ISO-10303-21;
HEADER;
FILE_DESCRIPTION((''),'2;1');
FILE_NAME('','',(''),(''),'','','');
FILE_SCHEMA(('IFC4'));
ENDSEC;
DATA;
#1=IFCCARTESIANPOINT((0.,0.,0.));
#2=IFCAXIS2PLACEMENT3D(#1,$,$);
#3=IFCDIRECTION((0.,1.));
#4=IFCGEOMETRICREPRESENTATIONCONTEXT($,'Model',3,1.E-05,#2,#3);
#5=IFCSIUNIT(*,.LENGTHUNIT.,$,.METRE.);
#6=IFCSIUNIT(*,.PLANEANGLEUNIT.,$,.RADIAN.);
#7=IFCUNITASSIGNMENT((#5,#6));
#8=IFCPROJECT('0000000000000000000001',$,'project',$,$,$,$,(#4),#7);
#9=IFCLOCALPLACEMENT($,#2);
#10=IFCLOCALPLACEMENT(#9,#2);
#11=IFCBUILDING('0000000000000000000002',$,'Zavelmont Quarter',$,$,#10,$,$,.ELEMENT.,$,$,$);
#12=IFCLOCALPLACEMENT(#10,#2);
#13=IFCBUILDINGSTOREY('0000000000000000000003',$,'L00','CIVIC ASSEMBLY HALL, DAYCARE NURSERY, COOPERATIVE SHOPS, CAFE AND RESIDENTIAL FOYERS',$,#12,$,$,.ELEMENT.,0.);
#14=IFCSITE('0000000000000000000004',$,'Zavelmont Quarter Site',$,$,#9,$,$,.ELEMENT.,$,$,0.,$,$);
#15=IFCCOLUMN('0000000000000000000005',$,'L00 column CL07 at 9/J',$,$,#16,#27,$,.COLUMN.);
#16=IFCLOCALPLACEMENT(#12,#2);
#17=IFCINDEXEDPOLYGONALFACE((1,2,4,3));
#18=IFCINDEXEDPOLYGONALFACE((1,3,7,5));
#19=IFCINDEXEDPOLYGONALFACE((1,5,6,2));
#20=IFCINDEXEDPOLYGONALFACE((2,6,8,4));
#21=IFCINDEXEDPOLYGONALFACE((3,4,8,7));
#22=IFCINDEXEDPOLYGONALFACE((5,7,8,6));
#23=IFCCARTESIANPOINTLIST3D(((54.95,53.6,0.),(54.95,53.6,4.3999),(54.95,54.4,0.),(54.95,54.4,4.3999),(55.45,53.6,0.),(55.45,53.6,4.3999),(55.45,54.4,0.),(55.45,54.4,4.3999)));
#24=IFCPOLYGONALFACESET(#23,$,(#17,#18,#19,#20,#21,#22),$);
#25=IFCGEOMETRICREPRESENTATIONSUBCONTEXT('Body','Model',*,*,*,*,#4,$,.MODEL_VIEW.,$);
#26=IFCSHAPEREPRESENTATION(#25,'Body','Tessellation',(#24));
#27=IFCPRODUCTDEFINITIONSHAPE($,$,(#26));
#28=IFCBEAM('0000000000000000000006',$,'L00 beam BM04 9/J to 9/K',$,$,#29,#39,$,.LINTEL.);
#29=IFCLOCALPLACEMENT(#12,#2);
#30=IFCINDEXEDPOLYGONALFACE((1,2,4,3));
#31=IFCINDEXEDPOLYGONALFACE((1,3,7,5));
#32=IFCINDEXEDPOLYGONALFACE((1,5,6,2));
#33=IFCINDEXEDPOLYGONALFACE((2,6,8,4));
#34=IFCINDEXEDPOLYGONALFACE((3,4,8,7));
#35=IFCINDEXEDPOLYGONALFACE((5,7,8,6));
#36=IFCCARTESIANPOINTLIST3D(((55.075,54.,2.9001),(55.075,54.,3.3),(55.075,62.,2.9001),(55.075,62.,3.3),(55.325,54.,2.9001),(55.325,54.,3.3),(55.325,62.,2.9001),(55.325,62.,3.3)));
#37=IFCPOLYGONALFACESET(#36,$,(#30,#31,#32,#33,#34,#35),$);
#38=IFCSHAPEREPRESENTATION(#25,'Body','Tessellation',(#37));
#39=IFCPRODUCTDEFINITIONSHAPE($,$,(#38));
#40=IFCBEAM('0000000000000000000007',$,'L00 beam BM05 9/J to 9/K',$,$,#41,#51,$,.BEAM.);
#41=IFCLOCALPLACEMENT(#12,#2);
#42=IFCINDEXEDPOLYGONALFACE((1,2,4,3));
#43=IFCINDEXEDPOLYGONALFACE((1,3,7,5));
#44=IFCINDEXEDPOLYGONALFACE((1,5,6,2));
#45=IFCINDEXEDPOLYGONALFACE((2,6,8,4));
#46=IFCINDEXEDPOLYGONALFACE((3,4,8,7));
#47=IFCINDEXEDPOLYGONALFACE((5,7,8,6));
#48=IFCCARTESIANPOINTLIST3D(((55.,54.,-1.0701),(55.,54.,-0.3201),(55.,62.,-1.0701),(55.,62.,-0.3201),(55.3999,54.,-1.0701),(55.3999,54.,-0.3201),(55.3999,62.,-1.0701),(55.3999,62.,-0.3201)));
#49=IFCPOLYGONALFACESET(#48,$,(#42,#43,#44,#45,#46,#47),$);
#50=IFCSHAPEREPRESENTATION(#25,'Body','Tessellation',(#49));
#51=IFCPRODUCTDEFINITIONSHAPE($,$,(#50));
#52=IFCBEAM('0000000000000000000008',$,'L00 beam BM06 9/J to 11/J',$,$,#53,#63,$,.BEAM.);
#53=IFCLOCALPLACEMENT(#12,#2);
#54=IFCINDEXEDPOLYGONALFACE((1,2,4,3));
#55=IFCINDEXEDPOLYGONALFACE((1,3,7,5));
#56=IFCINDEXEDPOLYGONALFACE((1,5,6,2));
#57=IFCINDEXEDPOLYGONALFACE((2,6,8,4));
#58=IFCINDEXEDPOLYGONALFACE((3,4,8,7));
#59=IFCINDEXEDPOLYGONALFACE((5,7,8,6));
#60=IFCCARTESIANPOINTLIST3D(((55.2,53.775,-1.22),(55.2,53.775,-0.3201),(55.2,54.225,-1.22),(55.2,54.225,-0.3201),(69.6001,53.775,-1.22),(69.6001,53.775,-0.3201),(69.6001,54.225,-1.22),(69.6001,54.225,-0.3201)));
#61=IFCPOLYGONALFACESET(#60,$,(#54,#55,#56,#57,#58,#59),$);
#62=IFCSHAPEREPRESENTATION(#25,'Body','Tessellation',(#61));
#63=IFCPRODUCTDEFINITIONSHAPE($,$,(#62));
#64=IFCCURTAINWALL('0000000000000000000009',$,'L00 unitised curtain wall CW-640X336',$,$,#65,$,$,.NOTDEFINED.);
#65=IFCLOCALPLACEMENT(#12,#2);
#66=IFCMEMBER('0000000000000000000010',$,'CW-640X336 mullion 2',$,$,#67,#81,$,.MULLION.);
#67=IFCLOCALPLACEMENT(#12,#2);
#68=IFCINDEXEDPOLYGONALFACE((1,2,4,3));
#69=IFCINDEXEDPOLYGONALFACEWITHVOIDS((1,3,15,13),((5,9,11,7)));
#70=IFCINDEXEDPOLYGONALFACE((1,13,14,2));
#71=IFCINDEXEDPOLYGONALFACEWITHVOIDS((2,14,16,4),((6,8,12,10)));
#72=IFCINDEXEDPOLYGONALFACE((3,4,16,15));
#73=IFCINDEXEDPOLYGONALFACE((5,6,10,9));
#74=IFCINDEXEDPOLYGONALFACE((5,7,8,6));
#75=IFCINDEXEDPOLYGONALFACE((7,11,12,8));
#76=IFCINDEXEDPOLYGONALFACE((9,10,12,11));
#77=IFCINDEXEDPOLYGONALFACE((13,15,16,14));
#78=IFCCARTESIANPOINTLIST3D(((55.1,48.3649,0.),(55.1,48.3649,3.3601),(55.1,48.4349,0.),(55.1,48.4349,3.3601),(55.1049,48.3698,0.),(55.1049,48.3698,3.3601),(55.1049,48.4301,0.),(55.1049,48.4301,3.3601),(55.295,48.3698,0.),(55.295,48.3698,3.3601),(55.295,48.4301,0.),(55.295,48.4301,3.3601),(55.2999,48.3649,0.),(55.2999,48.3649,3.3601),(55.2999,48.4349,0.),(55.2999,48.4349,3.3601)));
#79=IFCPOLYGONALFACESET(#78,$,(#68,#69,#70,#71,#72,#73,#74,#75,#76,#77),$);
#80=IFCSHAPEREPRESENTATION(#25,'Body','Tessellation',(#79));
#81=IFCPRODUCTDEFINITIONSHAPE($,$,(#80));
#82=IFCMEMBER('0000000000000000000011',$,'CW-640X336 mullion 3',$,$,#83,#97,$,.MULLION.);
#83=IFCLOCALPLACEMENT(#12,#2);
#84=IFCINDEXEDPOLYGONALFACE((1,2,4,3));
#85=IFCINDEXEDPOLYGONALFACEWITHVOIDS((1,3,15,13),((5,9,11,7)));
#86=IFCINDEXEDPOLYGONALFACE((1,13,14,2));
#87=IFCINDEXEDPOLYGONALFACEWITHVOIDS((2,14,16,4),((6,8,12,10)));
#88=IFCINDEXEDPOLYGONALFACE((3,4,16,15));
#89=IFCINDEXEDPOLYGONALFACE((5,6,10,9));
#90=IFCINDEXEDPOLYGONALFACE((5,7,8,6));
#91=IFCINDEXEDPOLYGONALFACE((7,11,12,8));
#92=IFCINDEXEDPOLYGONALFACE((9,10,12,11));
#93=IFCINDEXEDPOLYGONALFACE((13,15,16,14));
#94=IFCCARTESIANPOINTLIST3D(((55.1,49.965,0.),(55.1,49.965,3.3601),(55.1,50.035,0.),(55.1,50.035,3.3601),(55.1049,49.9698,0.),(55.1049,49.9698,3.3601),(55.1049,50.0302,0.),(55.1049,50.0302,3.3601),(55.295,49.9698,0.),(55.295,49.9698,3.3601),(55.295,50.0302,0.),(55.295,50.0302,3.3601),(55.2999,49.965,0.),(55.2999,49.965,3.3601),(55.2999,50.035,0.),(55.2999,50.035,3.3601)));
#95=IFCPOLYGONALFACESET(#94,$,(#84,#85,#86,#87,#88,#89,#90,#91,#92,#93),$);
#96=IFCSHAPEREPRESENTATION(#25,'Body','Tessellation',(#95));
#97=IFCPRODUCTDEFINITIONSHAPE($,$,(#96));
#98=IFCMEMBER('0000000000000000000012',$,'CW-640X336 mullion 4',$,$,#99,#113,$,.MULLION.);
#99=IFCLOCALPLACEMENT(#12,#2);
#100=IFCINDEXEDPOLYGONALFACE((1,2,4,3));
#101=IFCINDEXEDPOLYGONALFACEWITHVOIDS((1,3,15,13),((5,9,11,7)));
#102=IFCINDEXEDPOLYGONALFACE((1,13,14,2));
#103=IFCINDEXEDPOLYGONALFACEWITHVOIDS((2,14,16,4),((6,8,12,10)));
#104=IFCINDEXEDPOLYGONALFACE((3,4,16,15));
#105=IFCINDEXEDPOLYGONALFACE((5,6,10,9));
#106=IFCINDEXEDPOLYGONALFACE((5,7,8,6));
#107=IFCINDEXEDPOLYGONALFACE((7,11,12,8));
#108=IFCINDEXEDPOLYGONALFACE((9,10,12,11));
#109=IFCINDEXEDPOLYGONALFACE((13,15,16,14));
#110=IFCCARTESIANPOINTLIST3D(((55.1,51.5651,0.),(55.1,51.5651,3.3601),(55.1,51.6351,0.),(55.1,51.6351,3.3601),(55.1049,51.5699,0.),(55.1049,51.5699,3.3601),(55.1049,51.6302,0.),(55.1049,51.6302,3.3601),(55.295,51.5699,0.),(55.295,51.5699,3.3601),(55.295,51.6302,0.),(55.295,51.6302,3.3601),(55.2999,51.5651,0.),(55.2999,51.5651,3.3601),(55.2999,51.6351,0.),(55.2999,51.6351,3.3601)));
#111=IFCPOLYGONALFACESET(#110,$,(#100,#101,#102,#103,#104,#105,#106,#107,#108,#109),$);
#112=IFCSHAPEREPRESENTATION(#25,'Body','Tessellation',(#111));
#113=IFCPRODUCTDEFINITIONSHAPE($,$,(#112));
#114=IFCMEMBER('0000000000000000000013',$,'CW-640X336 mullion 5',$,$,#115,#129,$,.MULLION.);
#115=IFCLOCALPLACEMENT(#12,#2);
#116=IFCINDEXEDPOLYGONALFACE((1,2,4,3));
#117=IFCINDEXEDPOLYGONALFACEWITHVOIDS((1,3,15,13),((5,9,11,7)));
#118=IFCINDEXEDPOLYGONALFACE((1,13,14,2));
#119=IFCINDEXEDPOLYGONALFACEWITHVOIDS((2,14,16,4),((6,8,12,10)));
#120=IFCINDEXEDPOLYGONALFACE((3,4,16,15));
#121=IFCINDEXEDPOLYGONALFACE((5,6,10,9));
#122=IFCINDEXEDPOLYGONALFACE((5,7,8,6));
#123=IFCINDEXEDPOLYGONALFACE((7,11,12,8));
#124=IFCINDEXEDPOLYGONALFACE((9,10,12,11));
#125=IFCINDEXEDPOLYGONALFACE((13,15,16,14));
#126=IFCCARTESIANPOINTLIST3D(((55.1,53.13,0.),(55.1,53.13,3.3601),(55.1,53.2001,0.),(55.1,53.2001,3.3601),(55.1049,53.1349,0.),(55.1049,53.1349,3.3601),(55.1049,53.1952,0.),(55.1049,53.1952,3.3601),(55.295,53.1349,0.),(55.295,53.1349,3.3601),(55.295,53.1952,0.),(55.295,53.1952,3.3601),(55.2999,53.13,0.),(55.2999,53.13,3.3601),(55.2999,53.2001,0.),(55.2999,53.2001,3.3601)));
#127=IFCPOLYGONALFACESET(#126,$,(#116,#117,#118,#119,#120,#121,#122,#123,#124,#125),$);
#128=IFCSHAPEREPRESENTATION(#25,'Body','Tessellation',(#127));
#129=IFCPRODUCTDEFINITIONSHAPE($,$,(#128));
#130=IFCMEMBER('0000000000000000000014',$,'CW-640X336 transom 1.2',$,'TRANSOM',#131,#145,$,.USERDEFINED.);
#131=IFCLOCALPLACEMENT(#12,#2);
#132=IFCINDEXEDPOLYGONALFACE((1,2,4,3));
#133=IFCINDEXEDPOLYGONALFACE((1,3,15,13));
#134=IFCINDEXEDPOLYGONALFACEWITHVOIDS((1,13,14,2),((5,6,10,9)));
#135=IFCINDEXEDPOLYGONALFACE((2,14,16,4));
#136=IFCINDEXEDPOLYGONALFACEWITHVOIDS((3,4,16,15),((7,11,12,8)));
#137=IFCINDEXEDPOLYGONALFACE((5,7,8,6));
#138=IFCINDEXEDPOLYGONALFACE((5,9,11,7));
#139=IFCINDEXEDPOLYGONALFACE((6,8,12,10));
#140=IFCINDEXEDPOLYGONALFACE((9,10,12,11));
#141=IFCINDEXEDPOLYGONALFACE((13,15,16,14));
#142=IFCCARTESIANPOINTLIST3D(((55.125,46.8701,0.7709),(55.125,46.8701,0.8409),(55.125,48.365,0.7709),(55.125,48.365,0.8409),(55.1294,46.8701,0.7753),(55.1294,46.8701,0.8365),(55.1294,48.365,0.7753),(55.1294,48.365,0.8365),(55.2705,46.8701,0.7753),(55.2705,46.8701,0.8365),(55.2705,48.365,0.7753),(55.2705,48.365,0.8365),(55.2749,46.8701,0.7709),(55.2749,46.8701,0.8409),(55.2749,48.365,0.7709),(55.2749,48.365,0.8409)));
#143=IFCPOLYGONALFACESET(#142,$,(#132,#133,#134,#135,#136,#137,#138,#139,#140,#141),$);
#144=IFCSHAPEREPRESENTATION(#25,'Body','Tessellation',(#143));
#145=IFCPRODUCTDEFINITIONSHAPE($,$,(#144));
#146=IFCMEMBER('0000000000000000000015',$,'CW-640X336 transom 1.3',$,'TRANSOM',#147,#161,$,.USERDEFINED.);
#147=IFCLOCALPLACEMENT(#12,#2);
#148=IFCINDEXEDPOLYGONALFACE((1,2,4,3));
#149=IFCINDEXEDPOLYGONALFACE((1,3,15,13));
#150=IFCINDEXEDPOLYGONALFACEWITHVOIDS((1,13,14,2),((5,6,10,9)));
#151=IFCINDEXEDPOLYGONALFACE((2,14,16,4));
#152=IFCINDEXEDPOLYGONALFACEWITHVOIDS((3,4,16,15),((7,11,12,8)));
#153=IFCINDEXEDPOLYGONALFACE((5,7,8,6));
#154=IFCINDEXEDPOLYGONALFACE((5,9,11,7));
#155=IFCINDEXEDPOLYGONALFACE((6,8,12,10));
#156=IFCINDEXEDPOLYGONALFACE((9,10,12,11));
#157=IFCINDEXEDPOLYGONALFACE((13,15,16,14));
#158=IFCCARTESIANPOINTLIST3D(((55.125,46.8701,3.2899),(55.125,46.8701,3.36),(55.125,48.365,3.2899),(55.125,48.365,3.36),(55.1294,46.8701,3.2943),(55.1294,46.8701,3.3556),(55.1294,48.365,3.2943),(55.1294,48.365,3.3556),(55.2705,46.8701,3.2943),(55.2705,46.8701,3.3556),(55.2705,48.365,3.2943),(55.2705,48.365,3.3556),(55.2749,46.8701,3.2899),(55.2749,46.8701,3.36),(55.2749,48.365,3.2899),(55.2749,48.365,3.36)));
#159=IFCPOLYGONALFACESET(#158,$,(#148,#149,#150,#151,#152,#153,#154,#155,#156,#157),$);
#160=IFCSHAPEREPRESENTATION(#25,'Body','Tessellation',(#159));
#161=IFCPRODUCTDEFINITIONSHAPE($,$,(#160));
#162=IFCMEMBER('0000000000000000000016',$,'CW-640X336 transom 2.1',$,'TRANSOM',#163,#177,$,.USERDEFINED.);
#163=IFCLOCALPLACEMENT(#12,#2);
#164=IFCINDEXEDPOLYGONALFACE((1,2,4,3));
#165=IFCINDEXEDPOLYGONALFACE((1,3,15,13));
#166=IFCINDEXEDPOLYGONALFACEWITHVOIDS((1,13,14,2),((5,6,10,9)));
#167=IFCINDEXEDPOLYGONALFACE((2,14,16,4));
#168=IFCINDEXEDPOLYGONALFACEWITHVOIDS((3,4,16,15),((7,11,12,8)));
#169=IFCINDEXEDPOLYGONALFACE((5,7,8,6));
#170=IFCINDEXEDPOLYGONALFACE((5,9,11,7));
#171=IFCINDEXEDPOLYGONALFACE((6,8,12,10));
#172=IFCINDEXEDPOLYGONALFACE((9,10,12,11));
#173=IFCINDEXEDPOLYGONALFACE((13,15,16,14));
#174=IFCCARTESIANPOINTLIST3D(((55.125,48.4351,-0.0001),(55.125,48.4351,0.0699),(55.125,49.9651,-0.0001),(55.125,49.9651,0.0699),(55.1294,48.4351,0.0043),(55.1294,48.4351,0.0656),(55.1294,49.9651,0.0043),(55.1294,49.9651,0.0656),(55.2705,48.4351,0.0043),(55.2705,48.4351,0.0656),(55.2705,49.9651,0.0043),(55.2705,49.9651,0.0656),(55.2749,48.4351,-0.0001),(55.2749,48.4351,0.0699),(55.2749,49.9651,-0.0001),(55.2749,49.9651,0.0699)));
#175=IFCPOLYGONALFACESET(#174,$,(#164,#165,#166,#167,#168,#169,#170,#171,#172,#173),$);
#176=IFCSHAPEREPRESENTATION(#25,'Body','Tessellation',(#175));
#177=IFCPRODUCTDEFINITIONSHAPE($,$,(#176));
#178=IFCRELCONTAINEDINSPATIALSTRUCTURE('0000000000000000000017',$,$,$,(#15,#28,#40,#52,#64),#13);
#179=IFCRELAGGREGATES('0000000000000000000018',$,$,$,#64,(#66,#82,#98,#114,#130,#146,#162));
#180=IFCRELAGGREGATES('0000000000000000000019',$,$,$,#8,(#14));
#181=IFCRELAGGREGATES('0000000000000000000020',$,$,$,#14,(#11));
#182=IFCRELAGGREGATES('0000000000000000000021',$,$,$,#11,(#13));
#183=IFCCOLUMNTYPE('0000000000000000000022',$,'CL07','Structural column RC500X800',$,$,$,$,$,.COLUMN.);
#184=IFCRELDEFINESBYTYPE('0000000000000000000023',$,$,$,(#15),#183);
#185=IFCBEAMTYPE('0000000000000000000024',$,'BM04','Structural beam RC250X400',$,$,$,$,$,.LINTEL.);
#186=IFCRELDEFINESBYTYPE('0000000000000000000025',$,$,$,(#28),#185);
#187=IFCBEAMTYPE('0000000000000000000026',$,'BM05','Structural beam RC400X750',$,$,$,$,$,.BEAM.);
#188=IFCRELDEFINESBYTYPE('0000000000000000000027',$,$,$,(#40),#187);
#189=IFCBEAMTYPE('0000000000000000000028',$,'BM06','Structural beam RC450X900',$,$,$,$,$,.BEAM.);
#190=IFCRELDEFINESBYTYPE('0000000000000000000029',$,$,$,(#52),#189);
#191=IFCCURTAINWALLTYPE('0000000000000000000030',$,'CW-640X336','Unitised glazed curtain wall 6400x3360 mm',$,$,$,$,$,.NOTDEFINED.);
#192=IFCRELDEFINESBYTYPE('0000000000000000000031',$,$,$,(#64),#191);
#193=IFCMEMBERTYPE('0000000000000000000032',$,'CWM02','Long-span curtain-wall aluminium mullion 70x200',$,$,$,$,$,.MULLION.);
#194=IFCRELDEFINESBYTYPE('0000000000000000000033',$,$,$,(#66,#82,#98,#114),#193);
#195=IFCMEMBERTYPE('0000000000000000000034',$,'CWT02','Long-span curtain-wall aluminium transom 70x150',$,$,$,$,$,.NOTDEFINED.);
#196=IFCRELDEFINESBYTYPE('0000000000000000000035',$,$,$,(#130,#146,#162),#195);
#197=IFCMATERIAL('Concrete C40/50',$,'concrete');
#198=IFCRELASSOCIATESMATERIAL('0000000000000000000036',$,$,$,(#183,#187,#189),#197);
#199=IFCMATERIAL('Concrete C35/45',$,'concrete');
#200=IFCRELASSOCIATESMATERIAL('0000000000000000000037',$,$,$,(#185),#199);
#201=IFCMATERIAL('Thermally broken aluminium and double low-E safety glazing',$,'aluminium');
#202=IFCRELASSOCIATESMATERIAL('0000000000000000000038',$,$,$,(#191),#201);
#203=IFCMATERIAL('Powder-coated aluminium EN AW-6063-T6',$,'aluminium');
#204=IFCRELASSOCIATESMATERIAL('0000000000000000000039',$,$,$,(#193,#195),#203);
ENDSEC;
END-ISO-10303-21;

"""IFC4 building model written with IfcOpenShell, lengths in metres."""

from ifc_helpers import new_model, si_unit, direction, frame, origin, origin_2d, place, context, subcontext, project, spatial, rectangle, hollow_rectangle, extrude, material, material_profile, profile_set, type_object, element, aggregate, save


model = new_model("IFC4")

# Units and contexts
model_context = context("Model", 3, precision=1e-05, world=origin(), true_north=direction((0.0, 1.0)))
body_context = subcontext(model_context, "Body", "Model", "MODEL_VIEW")
ifc_project = project(units=[si_unit("LENGTHUNIT", "METRE"), si_unit("PLANEANGLEUNIT", "RADIAN")], contexts=[model_context])

# Site, building, storey
site_placement = place(None, origin())
site = spatial("IfcSite", under=ifc_project, at=site_placement, Name="Zavelmont Quarter Site", CompositionType="ELEMENT", RefElevation=0.0)
building_placement = place(site_placement, origin())
building = spatial("IfcBuilding", under=site, at=building_placement, Name="Zavelmont Quarter", CompositionType="ELEMENT")
storey_placement = place(building_placement, origin())
storey = spatial("IfcBuildingStorey", under=building, at=storey_placement, Name="L00", Description="CIVIC ASSEMBLY HALL, DAYCARE NURSERY, COOPERATIVE SHOPS, CAFE AND RESIDENTIAL FOYERS", CompositionType="ELEMENT", Elevation=0.0)

# Column
ifc_material_1 = material(Name="Concrete C40/50", Category="concrete")
ifc_material_profile_1 = material_profile(ifc_material_1, rectangle(XDim=0.5, YDim=0.8, at=origin_2d()), Name="RC500X800")
ifc_profile_set_1 = profile_set([ifc_material_profile_1], Name="Concrete C40/50")
column_type = type_object("IfcColumnType", Name="CL07", Description="Structural column RC500X800", PredefinedType="COLUMN", material=ifc_profile_set_1)
column_placement = place(storey_placement, frame((55.2, 54.0, 0.0), z_axis=(0.0, 0.0, 1.0), x_axis=(1.0, 0.0, 0.0)))
element("IfcColumn", 1, at=column_placement, inside=storey, type_object=column_type, Name="L00 column CL07 at 9/J", PredefinedType="COLUMN", context=body_context, shape_type="SweptSolid", body=[
    extrude(rectangle(XDim=0.5, YDim=0.8, at=origin_2d()), origin(), (0.0, 0.0, 1.0), 4.3999),
])

# Beams
ifc_material_2 = material(Name="Concrete C35/45", Category="concrete")
ifc_material_profile_2 = material_profile(ifc_material_2, rectangle(XDim=0.25, YDim=0.3999, at=origin_2d()), Name="RC250X400")
ifc_profile_set_2 = profile_set([ifc_material_profile_2], Name="Concrete C35/45")
beam_type_1 = type_object("IfcBeamType", Name="BM04", Description="Structural beam RC250X400", PredefinedType="LINTEL", material=ifc_profile_set_2)
beam_1_placement = place(storey_placement, frame((55.2, 54.0, 3.1001), z_axis=(0.0, 1.0, 0.0), x_axis=(-1.0, 0.0, 0.0)))
element("IfcBeam", 2, at=beam_1_placement, inside=storey, type_object=beam_type_1, Name="L00 beam BM04 9/J to 9/K", PredefinedType="LINTEL", context=body_context, shape_type="SweptSolid", body=[
    extrude(rectangle(XDim=0.25, YDim=0.3999, at=origin_2d()), origin(), (0.0, 0.0, 1.0), 8.0),
])
ifc_material_profile_3 = material_profile(ifc_material_1, rectangle(XDim=0.3999, YDim=0.75, at=origin_2d()), Name="RC400X750")
ifc_profile_set_3 = profile_set([ifc_material_profile_3], Name="Concrete C40/50")
beam_type_2 = type_object("IfcBeamType", Name="BM05", Description="Structural beam RC400X750", PredefinedType="BEAM", material=ifc_profile_set_3)
beam_2_placement = place(storey_placement, frame((55.2, 54.0, -0.6951), z_axis=(0.0, 1.0, 0.0), x_axis=(-1.0, 0.0, 0.0)))
element("IfcBeam", 3, at=beam_2_placement, inside=storey, type_object=beam_type_2, Name="L00 beam BM05 9/J to 9/K", PredefinedType="BEAM", context=body_context, shape_type="SweptSolid", body=[
    extrude(rectangle(XDim=0.3999, YDim=0.75, at=origin_2d()), origin(), (0.0, 0.0, 1.0), 8.0),
])
ifc_material_profile_4 = material_profile(ifc_material_1, rectangle(XDim=0.45, YDim=0.8999, at=origin_2d()), Name="RC450X900")
ifc_profile_set_4 = profile_set([ifc_material_profile_4], Name="Concrete C40/50")
beam_type_3 = type_object("IfcBeamType", Name="BM06", Description="Structural beam RC450X900", PredefinedType="BEAM", material=ifc_profile_set_4)
beam_3_placement = place(storey_placement, frame((55.2, 54.0, -0.77), z_axis=(1.0, 0.0, 0.0), x_axis=(0.0, 1.0, 0.0)))
element("IfcBeam", 4, at=beam_3_placement, inside=storey, type_object=beam_type_3, Name="L00 beam BM06 9/J to 11/J", PredefinedType="BEAM", context=body_context, shape_type="SweptSolid", body=[
    extrude(rectangle(XDim=0.45, YDim=0.8999, at=origin_2d()), origin(), (0.0, 0.0, 1.0), 14.4001),
])

# Curtain wall, members
ifc_material_3 = material(Name="Thermally broken aluminium and double low-E safety glazing", Category="aluminium")
curtain_wall_type = type_object("IfcCurtainWallType", Name="CW-640X336", Description="Unitised glazed curtain wall 6400x3360 mm", PredefinedType="NOTDEFINED", material=ifc_material_3)
curtain_wall_placement = place(storey_placement, origin())
curtain_wall = element("IfcCurtainWall", 5, at=curtain_wall_placement, inside=storey, type_object=curtain_wall_type, Name="L00 unitised curtain wall CW-640X336", PredefinedType="NOTDEFINED")
ifc_material_4 = material(Name="Powder-coated aluminium EN AW-6063-T6", Category="aluminium")
ifc_material_profile_5 = material_profile(ifc_material_4, hollow_rectangle(XDim=0.0701, YDim=0.2, WallThickness=0.0049, at=origin_2d()), Name="CWM70X200")
ifc_profile_set_5 = profile_set([ifc_material_profile_5], Name="Powder-coated aluminium EN AW-6063-T6")
member_type_1 = type_object("IfcMemberType", Name="CWM02", Description="Long-span curtain-wall aluminium mullion 70x200", PredefinedType="MULLION", material=ifc_profile_set_5)
member_1_placement = place(storey_placement, frame((55.2, 48.3999, 0.0), z_axis=(0.0, 0.0, 1.0), x_axis=(0.0, 1.0, 0.0)))
member_1 = element("IfcMember", 6, at=member_1_placement, type_object=member_type_1, Name="CW-640X336 mullion 2", PredefinedType="MULLION", context=body_context, shape_type="SweptSolid", body=[
    extrude(hollow_rectangle(XDim=0.0701, YDim=0.2, WallThickness=0.0049, at=origin_2d()), origin(), (0.0, 0.0, 1.0), 3.3601),
])
member_2_placement = place(storey_placement, frame((55.2, 50.0, 0.0), z_axis=(0.0, 0.0, 1.0), x_axis=(0.0, 1.0, 0.0)))
member_2 = element("IfcMember", 7, at=member_2_placement, type_object=member_type_1, Name="CW-640X336 mullion 3", PredefinedType="MULLION", context=body_context, shape_type="SweptSolid", body=[
    extrude(hollow_rectangle(XDim=0.0701, YDim=0.2, WallThickness=0.0049, at=origin_2d()), origin(), (0.0, 0.0, 1.0), 3.3601),
])
member_3_placement = place(storey_placement, frame((55.2, 51.6001, 0.0), z_axis=(0.0, 0.0, 1.0), x_axis=(0.0, 1.0, 0.0)))
member_3 = element("IfcMember", 8, at=member_3_placement, type_object=member_type_1, Name="CW-640X336 mullion 4", PredefinedType="MULLION", context=body_context, shape_type="SweptSolid", body=[
    extrude(hollow_rectangle(XDim=0.0701, YDim=0.2, WallThickness=0.0049, at=origin_2d()), origin(), (0.0, 0.0, 1.0), 3.3601),
])
member_4_placement = place(storey_placement, frame((55.2, 53.165, 0.0), z_axis=(0.0, 0.0, 1.0), x_axis=(0.0, 1.0, 0.0)))
member_4 = element("IfcMember", 9, at=member_4_placement, type_object=member_type_1, Name="CW-640X336 mullion 5", PredefinedType="MULLION", context=body_context, shape_type="SweptSolid", body=[
    extrude(hollow_rectangle(XDim=0.0701, YDim=0.2, WallThickness=0.0049, at=origin_2d()), origin(), (0.0, 0.0, 1.0), 3.3601),
])
ifc_material_profile_6 = material_profile(ifc_material_4, hollow_rectangle(XDim=0.1499, YDim=0.0701, WallThickness=0.0044, at=origin_2d()), Name="CWT70X150")
ifc_profile_set_6 = profile_set([ifc_material_profile_6], Name="Powder-coated aluminium EN AW-6063-T6")
member_type_2 = type_object("IfcMemberType", Name="CWT02", Description="Long-span curtain-wall aluminium transom 70x150", PredefinedType="NOTDEFINED", material=ifc_profile_set_6)
member_5_placement = place(storey_placement, frame((55.2, 46.8701, 0.8059), z_axis=(0.0, 1.0, 0.0), x_axis=(-1.0, 0.0, 0.0)))
member_5 = element("IfcMember", 10, at=member_5_placement, type_object=member_type_2, Name="CW-640X336 transom 1.2", ObjectType="TRANSOM", PredefinedType="USERDEFINED", context=body_context, shape_type="SweptSolid", body=[
    extrude(hollow_rectangle(XDim=0.1499, YDim=0.0701, WallThickness=0.0044, at=origin_2d()), origin(), (0.0, 0.0, 1.0), 1.4949),
])
member_6_placement = place(storey_placement, frame((55.2, 46.8701, 3.325), z_axis=(0.0, 1.0, 0.0), x_axis=(-1.0, 0.0, 0.0)))
member_6 = element("IfcMember", 11, at=member_6_placement, type_object=member_type_2, Name="CW-640X336 transom 1.3", ObjectType="TRANSOM", PredefinedType="USERDEFINED", context=body_context, shape_type="SweptSolid", body=[
    extrude(hollow_rectangle(XDim=0.1499, YDim=0.0701, WallThickness=0.0044, at=origin_2d()), origin(), (0.0, 0.0, 1.0), 1.4949),
])
member_7_placement = place(storey_placement, frame((55.2, 48.4351, 0.0349), z_axis=(0.0, 1.0, 0.0), x_axis=(-1.0, 0.0, 0.0)))
member_7 = element("IfcMember", 12, at=member_7_placement, type_object=member_type_2, Name="CW-640X336 transom 2.1", ObjectType="TRANSOM", PredefinedType="USERDEFINED", context=body_context, shape_type="SweptSolid", body=[
    extrude(hollow_rectangle(XDim=0.1499, YDim=0.0701, WallThickness=0.0044, at=origin_2d()), origin(), (0.0, 0.0, 1.0), 1.53),
])
aggregate(curtain_wall, [member_1, member_2, member_3, member_4, member_5, member_6, member_7])

save(model, "model.ifc")
